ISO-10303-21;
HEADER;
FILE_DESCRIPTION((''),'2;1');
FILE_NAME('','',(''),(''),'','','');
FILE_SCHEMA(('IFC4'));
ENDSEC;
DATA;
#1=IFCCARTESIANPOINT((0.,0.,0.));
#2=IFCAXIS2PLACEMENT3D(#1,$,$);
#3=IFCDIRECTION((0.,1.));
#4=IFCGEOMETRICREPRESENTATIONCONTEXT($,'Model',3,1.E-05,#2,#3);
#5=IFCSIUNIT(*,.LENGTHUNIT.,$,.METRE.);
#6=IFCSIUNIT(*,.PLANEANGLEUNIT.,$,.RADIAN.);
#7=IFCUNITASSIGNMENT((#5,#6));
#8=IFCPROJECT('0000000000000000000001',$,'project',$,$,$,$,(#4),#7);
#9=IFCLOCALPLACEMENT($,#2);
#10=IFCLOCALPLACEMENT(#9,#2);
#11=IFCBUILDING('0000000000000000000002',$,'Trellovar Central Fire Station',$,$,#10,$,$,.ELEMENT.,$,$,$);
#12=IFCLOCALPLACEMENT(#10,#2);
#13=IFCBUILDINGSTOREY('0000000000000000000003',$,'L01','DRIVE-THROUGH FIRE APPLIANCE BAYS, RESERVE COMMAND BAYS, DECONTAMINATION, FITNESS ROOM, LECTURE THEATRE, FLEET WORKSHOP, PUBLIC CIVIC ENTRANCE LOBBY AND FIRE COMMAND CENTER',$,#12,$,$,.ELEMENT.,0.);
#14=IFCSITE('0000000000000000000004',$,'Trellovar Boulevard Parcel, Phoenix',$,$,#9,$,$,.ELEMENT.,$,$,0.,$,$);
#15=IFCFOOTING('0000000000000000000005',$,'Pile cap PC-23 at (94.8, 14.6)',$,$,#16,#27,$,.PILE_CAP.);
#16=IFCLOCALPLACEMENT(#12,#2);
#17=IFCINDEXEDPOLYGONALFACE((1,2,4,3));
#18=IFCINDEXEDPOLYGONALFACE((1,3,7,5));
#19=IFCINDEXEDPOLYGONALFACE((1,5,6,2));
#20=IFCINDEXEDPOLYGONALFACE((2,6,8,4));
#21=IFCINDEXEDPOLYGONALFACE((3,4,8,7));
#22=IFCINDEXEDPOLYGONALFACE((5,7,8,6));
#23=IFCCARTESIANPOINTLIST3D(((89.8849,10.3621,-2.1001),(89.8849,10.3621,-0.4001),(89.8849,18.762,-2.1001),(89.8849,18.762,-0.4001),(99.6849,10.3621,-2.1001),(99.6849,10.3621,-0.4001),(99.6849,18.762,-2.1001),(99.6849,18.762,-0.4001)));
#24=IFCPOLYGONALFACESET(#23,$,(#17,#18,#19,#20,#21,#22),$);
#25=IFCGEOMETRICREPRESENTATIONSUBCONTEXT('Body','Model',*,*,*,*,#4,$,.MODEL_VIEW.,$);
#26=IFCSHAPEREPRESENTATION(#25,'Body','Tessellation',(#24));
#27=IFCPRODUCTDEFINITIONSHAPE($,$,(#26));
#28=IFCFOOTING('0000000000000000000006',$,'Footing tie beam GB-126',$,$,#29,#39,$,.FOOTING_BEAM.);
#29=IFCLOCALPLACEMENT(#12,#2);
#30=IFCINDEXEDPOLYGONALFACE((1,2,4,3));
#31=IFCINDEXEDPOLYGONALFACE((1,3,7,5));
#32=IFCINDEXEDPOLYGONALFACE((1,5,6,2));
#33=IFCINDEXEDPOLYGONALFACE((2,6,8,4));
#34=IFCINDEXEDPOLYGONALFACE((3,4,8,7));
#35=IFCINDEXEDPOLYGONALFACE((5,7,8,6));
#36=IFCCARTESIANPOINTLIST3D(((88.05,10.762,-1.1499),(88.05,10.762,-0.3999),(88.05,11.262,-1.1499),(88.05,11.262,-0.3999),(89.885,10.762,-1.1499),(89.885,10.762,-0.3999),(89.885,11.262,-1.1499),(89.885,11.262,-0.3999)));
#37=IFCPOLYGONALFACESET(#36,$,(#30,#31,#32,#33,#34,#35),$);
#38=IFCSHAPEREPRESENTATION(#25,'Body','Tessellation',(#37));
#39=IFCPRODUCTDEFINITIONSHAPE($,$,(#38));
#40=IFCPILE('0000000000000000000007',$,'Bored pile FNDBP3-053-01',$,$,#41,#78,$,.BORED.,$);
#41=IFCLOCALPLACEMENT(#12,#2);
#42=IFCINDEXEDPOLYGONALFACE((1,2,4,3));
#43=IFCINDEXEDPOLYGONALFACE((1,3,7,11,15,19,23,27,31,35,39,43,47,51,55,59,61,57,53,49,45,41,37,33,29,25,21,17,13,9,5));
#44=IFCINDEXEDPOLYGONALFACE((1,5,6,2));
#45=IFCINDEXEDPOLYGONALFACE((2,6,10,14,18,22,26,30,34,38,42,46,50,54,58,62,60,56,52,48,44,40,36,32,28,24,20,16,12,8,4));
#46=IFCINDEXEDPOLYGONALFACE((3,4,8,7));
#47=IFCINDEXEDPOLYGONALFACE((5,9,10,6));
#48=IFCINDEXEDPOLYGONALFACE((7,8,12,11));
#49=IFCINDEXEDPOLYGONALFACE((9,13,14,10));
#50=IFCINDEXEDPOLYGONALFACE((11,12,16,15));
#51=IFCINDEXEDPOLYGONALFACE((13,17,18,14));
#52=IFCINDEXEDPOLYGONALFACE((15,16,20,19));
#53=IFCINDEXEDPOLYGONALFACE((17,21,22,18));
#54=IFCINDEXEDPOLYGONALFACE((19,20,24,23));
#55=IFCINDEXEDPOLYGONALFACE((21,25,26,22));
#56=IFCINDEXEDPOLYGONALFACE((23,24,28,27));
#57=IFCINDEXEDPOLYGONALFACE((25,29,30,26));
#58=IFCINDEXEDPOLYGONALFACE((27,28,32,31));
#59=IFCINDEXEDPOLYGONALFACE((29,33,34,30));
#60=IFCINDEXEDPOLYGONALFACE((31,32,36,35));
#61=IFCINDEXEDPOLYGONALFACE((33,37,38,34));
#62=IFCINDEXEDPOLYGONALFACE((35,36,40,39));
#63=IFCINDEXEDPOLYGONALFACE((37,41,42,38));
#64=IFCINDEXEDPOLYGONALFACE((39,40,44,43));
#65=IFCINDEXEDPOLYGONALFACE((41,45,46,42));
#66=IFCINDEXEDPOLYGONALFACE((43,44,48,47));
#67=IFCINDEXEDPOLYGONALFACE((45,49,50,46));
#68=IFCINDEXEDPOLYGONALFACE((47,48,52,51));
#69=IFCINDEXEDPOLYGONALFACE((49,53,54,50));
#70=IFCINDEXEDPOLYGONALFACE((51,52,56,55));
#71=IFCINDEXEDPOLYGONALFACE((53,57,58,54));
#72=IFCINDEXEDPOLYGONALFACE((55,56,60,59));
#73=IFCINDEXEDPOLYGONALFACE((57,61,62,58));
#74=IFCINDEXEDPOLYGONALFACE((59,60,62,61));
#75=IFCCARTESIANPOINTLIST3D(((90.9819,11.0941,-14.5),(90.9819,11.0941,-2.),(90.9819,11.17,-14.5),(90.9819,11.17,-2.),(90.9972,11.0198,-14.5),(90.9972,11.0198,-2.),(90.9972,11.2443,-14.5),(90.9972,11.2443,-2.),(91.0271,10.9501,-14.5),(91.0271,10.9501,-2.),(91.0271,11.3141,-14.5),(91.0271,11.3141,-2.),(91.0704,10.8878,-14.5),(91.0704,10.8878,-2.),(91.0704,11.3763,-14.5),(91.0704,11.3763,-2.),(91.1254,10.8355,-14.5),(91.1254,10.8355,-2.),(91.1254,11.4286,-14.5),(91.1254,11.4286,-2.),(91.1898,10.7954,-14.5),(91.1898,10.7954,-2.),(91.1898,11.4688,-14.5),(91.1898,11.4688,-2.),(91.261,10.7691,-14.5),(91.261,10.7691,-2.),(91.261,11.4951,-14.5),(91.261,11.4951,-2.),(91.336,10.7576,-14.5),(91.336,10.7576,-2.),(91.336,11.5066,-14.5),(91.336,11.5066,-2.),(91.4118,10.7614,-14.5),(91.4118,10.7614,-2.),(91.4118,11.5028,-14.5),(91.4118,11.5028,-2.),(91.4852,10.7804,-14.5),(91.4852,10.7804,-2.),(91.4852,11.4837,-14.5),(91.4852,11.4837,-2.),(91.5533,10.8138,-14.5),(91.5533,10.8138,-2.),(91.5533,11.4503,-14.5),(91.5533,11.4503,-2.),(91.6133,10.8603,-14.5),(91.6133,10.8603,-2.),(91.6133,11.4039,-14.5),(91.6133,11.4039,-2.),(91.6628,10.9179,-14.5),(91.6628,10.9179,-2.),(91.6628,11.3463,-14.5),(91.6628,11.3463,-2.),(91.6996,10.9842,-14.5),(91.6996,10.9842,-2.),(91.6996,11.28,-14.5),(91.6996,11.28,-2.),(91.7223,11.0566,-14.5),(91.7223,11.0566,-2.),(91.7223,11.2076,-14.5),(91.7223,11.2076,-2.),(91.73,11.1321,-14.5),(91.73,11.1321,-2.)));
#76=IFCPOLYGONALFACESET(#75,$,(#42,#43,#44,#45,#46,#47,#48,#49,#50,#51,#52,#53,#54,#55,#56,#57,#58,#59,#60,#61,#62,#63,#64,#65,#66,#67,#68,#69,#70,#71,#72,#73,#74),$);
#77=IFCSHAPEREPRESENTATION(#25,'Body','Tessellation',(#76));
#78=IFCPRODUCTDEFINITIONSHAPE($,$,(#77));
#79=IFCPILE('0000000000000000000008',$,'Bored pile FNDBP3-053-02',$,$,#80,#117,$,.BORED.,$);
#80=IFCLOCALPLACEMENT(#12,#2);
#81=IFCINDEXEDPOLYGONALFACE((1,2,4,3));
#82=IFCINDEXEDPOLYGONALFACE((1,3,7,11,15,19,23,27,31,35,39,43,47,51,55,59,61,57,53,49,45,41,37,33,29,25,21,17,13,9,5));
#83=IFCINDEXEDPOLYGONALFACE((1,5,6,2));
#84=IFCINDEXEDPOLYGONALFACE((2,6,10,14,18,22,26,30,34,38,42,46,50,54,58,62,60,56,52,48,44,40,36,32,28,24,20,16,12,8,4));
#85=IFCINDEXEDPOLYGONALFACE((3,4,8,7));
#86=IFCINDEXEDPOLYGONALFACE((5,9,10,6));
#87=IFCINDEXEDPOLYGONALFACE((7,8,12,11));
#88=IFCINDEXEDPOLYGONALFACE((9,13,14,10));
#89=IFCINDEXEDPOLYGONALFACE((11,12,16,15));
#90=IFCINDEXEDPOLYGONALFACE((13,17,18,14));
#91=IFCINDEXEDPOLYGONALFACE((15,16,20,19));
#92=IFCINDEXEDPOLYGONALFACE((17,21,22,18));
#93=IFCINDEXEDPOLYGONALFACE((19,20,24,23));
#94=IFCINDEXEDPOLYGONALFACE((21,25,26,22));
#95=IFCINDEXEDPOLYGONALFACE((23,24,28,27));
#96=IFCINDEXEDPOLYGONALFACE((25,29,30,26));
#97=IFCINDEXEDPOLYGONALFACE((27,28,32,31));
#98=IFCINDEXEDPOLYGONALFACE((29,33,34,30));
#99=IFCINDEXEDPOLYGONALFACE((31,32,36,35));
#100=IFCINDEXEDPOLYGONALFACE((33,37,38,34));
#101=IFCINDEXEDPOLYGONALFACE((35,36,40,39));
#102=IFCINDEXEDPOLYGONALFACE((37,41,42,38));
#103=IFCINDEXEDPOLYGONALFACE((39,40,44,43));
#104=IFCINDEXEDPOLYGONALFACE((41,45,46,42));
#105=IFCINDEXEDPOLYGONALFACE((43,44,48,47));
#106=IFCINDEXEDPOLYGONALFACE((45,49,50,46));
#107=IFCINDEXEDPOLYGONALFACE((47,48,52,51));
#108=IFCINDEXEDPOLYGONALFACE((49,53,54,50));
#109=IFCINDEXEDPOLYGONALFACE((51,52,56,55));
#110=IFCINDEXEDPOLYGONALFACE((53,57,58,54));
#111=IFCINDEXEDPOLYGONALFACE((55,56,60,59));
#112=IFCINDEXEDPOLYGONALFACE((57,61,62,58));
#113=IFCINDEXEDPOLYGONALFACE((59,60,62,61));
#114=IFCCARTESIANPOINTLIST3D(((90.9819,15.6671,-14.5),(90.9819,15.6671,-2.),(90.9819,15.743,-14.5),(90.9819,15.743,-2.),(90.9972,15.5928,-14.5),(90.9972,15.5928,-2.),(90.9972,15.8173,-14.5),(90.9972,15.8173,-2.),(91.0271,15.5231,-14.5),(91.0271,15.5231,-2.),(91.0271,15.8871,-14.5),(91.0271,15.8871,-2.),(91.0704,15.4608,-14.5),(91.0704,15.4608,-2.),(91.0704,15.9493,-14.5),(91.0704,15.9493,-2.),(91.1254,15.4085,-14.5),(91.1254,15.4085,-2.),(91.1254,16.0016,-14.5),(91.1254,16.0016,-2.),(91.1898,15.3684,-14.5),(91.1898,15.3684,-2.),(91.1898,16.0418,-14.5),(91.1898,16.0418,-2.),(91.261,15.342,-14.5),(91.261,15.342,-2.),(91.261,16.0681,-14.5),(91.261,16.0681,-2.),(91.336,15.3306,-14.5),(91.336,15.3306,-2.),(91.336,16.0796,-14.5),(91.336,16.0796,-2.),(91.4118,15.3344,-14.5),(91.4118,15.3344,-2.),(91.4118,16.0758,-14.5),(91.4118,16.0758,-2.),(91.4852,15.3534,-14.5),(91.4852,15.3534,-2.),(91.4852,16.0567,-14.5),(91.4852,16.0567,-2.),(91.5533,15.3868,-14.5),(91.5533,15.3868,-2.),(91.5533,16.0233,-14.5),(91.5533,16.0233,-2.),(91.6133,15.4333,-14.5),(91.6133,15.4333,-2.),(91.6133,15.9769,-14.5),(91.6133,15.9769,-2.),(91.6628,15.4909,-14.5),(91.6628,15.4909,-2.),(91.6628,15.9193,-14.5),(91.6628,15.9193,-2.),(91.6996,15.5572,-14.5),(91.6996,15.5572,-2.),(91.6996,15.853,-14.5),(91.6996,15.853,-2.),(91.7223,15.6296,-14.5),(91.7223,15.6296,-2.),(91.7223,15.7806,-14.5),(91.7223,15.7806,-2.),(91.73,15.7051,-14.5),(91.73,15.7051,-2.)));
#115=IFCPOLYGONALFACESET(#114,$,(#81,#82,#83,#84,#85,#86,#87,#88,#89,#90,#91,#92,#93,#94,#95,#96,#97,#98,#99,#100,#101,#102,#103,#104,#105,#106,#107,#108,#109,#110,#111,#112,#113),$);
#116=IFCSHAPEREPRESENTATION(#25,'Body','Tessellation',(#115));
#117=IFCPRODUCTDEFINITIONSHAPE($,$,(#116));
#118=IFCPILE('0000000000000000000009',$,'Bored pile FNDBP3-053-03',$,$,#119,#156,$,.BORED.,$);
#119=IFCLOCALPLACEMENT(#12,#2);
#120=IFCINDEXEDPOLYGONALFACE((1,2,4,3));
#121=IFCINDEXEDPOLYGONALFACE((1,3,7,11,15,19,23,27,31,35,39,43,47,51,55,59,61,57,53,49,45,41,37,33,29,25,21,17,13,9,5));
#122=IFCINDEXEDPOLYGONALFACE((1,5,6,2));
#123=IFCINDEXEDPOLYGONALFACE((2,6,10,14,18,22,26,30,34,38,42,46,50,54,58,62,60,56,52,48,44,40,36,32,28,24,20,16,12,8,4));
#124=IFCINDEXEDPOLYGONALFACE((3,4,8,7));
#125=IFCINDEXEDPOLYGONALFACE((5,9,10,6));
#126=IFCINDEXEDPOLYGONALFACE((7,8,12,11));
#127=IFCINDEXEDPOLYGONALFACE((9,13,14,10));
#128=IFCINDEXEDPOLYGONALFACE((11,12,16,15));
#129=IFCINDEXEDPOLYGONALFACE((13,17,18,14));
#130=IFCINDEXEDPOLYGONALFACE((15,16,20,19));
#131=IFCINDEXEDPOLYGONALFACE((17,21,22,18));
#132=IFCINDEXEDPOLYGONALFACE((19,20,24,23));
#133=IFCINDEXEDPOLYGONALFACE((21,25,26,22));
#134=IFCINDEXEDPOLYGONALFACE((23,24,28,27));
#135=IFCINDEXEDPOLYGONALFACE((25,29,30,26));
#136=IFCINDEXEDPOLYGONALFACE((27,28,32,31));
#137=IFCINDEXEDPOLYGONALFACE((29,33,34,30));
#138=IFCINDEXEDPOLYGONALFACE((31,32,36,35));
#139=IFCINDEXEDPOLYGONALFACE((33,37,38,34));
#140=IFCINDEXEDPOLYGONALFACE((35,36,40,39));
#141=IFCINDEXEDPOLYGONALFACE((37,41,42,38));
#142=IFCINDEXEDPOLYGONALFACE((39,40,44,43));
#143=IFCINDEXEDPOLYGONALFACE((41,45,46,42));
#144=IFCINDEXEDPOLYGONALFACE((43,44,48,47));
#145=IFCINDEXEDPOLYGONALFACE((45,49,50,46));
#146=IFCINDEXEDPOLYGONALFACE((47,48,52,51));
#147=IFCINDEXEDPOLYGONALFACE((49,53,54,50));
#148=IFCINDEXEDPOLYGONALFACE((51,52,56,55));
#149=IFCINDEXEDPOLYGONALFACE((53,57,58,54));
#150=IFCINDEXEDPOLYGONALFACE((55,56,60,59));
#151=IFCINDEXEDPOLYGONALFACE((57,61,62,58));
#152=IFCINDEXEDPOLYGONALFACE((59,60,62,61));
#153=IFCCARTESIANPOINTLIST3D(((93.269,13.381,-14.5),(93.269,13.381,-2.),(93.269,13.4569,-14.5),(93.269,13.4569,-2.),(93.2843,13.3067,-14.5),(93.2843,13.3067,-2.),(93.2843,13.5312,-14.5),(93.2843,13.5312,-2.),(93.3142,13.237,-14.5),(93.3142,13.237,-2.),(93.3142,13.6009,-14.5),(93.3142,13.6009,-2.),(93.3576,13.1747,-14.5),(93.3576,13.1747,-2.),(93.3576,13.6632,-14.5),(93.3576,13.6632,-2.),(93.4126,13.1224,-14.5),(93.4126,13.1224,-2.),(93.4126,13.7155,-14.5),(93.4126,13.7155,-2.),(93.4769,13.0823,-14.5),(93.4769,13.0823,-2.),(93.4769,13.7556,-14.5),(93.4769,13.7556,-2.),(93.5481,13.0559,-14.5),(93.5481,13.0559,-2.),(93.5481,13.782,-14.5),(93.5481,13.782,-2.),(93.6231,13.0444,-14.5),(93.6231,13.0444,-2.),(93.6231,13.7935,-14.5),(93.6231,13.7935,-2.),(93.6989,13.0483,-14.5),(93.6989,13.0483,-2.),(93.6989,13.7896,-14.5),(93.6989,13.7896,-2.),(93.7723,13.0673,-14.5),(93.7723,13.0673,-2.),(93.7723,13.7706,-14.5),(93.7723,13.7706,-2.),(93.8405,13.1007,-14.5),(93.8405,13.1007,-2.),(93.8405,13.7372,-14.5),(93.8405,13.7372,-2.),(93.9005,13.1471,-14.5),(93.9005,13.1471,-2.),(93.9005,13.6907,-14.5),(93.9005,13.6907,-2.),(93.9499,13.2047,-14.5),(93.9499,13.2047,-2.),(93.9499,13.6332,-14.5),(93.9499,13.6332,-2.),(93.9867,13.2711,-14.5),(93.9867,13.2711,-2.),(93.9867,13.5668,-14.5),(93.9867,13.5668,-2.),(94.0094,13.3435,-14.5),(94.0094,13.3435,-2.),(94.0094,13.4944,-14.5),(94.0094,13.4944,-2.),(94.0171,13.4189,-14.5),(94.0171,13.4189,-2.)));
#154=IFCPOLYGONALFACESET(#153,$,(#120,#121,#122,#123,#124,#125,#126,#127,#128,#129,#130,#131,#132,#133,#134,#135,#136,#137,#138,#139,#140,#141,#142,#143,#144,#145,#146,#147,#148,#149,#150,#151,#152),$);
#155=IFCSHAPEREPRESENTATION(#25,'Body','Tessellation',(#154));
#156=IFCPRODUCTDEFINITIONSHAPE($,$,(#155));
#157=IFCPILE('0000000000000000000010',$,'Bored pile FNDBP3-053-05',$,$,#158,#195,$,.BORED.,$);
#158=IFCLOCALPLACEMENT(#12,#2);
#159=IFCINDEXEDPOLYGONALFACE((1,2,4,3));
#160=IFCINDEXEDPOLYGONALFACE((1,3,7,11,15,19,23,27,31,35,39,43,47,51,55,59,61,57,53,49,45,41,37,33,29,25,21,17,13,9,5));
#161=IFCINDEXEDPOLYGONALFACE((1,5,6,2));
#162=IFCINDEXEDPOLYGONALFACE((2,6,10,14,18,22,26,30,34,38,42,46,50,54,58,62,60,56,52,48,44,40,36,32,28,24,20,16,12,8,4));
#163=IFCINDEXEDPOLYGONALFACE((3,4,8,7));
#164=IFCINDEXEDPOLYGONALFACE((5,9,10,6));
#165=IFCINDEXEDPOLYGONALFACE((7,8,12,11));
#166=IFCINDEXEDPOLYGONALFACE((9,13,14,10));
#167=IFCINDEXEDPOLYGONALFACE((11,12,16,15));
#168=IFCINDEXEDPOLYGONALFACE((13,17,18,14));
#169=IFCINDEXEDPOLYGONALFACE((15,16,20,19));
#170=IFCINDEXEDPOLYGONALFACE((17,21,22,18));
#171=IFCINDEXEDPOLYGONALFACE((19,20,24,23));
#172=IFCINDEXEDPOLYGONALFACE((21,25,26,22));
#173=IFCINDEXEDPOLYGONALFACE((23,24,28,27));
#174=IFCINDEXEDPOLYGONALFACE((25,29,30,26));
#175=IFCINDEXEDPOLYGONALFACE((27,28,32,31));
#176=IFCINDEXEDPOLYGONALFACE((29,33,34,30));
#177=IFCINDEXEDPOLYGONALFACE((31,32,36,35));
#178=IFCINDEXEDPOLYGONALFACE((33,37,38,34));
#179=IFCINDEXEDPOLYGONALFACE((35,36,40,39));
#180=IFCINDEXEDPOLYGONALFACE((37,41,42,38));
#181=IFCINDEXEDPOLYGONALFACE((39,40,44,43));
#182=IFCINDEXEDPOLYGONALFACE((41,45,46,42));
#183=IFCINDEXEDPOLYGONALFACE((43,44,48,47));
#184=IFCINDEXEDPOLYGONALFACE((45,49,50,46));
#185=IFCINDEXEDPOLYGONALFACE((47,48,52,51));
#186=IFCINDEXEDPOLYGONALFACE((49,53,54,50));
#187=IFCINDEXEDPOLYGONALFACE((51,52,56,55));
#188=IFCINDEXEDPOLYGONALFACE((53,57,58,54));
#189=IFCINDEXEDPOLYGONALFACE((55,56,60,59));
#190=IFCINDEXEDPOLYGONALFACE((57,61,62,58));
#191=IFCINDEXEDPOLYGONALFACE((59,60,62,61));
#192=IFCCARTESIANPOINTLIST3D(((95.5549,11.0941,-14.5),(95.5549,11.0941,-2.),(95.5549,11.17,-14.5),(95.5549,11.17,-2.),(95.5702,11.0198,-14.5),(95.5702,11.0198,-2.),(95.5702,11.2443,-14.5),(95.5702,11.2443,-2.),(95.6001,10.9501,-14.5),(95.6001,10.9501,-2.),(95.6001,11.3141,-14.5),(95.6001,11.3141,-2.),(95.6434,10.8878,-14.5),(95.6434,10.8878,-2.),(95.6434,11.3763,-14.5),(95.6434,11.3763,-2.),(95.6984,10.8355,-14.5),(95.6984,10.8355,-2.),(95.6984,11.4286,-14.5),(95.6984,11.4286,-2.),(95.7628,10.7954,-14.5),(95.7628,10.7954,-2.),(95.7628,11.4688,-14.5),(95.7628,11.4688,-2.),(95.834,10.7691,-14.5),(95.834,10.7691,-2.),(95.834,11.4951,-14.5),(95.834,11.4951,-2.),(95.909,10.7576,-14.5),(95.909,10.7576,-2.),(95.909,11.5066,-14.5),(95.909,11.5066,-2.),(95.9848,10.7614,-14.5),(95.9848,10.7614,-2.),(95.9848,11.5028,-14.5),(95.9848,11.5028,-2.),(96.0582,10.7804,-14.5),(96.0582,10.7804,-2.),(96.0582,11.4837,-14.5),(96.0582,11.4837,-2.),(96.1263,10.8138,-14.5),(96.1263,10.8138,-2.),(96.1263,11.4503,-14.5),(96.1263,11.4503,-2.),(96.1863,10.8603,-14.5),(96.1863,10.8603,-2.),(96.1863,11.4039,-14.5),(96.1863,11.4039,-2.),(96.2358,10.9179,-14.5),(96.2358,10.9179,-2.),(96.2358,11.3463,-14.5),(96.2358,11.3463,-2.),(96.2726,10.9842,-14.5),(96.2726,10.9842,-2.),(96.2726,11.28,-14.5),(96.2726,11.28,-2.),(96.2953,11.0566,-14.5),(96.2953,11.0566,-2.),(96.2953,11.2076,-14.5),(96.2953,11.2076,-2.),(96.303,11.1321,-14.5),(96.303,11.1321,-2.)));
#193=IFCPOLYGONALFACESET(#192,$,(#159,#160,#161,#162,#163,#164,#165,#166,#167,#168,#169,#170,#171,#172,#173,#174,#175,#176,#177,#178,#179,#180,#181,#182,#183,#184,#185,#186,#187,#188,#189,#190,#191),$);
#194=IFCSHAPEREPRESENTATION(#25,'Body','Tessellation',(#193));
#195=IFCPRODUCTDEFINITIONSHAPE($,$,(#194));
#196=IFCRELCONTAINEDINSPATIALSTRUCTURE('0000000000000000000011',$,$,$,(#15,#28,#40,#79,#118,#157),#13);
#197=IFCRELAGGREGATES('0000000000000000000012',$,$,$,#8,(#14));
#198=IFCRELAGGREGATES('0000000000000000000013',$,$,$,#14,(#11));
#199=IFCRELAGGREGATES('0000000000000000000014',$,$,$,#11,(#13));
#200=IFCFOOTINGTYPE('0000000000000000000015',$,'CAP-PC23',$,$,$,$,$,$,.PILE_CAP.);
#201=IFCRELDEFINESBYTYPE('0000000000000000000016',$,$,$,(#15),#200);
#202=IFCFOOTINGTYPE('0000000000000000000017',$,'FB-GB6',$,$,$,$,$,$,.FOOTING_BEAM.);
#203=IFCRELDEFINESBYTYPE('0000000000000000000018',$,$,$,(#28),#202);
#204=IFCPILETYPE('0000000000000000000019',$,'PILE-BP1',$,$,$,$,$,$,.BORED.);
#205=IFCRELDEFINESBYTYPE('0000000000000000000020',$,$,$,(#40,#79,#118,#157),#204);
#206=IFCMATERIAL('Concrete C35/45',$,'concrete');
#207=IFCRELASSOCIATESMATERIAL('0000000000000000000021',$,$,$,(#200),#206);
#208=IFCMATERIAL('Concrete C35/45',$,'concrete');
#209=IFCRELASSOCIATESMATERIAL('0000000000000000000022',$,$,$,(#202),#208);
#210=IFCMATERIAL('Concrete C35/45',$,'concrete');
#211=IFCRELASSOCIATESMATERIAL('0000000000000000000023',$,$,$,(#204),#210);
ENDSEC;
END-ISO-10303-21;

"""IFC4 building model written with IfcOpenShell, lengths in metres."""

from ifc_helpers import new_model, si_unit, direction, frame, origin, origin_2d, place, context, subcontext, project, spatial, rectangle, circle, extrude, material, material_profile, profile_set, type_object, element, save


model = new_model("IFC4")

# Units and contexts
model_context = context("Model", 3, precision=1e-05, world=origin(), true_north=direction((0.0, 1.0)))
body_context = subcontext(model_context, "Body", "Model", "MODEL_VIEW")
ifc_project = project(units=[si_unit("LENGTHUNIT", "METRE"), si_unit("PLANEANGLEUNIT", "RADIAN")], contexts=[model_context])

# Site, building, storey
site_placement = place(None, origin())
site = spatial("IfcSite", under=ifc_project, at=site_placement, Name="Trellovar Boulevard Parcel, Phoenix", CompositionType="ELEMENT", RefElevation=0.0)
building_placement = place(site_placement, origin())
building = spatial("IfcBuilding", under=site, at=building_placement, Name="Trellovar Central Fire Station", CompositionType="ELEMENT")
storey_placement = place(building_placement, origin())
storey = spatial("IfcBuildingStorey", under=building, at=storey_placement, Name="L01", Description="DRIVE-THROUGH FIRE APPLIANCE BAYS, RESERVE COMMAND BAYS, DECONTAMINATION, FITNESS ROOM, LECTURE THEATRE, FLEET WORKSHOP, PUBLIC CIVIC ENTRANCE LOBBY AND FIRE COMMAND CENTER", CompositionType="ELEMENT", Elevation=0.0)

# Footings
ifc_material_1 = material(Name="Concrete C35/45", Category="concrete")
footing_type_1 = type_object("IfcFootingType", Name="CAP-PC23", PredefinedType="PILE_CAP", material=ifc_material_1)
footing_1_placement = place(storey_placement, frame((94.7849, 14.562, -2.1001), z_axis=(0.0, 0.0, 1.0), x_axis=(1.0, 0.0, 0.0)))
element("IfcFooting", 1, at=footing_1_placement, inside=storey, type_object=footing_type_1, Name="Pile cap PC-23 at (94.8, 14.6)", PredefinedType="PILE_CAP", context=body_context, shape_type="SweptSolid", body=[
    extrude(rectangle(XDim=9.8, YDim=8.3999, at=origin_2d()), origin(), (0.0, 0.0, 1.0), 1.7),
])
ifc_material_2 = material(Name="Concrete C35/45", Category="concrete")
ifc_material_profile_1 = material_profile(ifc_material_2, rectangle(XDim=0.5, YDim=0.75, at=origin_2d()), Name="RC500X750")
ifc_profile_set_1 = profile_set([ifc_material_profile_1], Name="Concrete C35/45")
footing_type_2 = type_object("IfcFootingType", Name="FB-GB6", PredefinedType="FOOTING_BEAM", material=ifc_profile_set_1)
footing_2_placement = place(storey_placement, frame((88.05, 11.012, -0.7749), z_axis=(1.0, 0.0, 0.0), x_axis=(0.0, 1.0, 0.0)))
element("IfcFooting", 2, at=footing_2_placement, inside=storey, type_object=footing_type_2, Name="Footing tie beam GB-126", PredefinedType="FOOTING_BEAM", context=body_context, shape_type="SweptSolid", body=[
    extrude(rectangle(XDim=0.5, YDim=0.75, at=origin_2d()), origin(), (0.0, 0.0, 1.0), 1.835),
])

# Piles
ifc_material_3 = material(Name="Concrete C35/45", Category="concrete")
ifc_material_profile_2 = material_profile(ifc_material_3, circle(Radius=0.375, at=origin_2d()), Name="PILE750")
ifc_profile_set_2 = profile_set([ifc_material_profile_2], Name="Concrete C35/45")
pile_type_1 = type_object("IfcPileType", Name="PILE-BP1", PredefinedType="BORED", material=ifc_profile_set_2)
for number, where, z_axis, x_axis, name in (
    (3, (91.355, 11.1321, -2.0), (0.0, 0.0, -1.0), (1.0, 0.0, 0.0), "Bored pile FNDBP3-053-01"),
    (4, (91.355, 15.7051, -2.0), (0.0, 0.0, -1.0), (1.0, 0.0, 0.0), "Bored pile FNDBP3-053-02"),
    (5, (93.6421, 13.4189, -2.0), (0.0, 0.0, -1.0), (1.0, 0.0, 0.0), "Bored pile FNDBP3-053-03"),
    (6, (95.928, 11.1321, -2.0), (0.0, 0.0, -1.0), (1.0, 0.0, 0.0), "Bored pile FNDBP3-053-05"),
):
    element("IfcPile", number, at=place(storey_placement, frame(where, z_axis=z_axis, x_axis=x_axis)), inside=storey, type_object=pile_type_1, Name=name, PredefinedType="BORED", context=body_context, shape_type="SweptSolid", body=[
        extrude(circle(Radius=0.375, at=origin_2d()), origin(), (0.0, 0.0, 1.0), 12.5),
    ])

save(model, "model.ifc")
